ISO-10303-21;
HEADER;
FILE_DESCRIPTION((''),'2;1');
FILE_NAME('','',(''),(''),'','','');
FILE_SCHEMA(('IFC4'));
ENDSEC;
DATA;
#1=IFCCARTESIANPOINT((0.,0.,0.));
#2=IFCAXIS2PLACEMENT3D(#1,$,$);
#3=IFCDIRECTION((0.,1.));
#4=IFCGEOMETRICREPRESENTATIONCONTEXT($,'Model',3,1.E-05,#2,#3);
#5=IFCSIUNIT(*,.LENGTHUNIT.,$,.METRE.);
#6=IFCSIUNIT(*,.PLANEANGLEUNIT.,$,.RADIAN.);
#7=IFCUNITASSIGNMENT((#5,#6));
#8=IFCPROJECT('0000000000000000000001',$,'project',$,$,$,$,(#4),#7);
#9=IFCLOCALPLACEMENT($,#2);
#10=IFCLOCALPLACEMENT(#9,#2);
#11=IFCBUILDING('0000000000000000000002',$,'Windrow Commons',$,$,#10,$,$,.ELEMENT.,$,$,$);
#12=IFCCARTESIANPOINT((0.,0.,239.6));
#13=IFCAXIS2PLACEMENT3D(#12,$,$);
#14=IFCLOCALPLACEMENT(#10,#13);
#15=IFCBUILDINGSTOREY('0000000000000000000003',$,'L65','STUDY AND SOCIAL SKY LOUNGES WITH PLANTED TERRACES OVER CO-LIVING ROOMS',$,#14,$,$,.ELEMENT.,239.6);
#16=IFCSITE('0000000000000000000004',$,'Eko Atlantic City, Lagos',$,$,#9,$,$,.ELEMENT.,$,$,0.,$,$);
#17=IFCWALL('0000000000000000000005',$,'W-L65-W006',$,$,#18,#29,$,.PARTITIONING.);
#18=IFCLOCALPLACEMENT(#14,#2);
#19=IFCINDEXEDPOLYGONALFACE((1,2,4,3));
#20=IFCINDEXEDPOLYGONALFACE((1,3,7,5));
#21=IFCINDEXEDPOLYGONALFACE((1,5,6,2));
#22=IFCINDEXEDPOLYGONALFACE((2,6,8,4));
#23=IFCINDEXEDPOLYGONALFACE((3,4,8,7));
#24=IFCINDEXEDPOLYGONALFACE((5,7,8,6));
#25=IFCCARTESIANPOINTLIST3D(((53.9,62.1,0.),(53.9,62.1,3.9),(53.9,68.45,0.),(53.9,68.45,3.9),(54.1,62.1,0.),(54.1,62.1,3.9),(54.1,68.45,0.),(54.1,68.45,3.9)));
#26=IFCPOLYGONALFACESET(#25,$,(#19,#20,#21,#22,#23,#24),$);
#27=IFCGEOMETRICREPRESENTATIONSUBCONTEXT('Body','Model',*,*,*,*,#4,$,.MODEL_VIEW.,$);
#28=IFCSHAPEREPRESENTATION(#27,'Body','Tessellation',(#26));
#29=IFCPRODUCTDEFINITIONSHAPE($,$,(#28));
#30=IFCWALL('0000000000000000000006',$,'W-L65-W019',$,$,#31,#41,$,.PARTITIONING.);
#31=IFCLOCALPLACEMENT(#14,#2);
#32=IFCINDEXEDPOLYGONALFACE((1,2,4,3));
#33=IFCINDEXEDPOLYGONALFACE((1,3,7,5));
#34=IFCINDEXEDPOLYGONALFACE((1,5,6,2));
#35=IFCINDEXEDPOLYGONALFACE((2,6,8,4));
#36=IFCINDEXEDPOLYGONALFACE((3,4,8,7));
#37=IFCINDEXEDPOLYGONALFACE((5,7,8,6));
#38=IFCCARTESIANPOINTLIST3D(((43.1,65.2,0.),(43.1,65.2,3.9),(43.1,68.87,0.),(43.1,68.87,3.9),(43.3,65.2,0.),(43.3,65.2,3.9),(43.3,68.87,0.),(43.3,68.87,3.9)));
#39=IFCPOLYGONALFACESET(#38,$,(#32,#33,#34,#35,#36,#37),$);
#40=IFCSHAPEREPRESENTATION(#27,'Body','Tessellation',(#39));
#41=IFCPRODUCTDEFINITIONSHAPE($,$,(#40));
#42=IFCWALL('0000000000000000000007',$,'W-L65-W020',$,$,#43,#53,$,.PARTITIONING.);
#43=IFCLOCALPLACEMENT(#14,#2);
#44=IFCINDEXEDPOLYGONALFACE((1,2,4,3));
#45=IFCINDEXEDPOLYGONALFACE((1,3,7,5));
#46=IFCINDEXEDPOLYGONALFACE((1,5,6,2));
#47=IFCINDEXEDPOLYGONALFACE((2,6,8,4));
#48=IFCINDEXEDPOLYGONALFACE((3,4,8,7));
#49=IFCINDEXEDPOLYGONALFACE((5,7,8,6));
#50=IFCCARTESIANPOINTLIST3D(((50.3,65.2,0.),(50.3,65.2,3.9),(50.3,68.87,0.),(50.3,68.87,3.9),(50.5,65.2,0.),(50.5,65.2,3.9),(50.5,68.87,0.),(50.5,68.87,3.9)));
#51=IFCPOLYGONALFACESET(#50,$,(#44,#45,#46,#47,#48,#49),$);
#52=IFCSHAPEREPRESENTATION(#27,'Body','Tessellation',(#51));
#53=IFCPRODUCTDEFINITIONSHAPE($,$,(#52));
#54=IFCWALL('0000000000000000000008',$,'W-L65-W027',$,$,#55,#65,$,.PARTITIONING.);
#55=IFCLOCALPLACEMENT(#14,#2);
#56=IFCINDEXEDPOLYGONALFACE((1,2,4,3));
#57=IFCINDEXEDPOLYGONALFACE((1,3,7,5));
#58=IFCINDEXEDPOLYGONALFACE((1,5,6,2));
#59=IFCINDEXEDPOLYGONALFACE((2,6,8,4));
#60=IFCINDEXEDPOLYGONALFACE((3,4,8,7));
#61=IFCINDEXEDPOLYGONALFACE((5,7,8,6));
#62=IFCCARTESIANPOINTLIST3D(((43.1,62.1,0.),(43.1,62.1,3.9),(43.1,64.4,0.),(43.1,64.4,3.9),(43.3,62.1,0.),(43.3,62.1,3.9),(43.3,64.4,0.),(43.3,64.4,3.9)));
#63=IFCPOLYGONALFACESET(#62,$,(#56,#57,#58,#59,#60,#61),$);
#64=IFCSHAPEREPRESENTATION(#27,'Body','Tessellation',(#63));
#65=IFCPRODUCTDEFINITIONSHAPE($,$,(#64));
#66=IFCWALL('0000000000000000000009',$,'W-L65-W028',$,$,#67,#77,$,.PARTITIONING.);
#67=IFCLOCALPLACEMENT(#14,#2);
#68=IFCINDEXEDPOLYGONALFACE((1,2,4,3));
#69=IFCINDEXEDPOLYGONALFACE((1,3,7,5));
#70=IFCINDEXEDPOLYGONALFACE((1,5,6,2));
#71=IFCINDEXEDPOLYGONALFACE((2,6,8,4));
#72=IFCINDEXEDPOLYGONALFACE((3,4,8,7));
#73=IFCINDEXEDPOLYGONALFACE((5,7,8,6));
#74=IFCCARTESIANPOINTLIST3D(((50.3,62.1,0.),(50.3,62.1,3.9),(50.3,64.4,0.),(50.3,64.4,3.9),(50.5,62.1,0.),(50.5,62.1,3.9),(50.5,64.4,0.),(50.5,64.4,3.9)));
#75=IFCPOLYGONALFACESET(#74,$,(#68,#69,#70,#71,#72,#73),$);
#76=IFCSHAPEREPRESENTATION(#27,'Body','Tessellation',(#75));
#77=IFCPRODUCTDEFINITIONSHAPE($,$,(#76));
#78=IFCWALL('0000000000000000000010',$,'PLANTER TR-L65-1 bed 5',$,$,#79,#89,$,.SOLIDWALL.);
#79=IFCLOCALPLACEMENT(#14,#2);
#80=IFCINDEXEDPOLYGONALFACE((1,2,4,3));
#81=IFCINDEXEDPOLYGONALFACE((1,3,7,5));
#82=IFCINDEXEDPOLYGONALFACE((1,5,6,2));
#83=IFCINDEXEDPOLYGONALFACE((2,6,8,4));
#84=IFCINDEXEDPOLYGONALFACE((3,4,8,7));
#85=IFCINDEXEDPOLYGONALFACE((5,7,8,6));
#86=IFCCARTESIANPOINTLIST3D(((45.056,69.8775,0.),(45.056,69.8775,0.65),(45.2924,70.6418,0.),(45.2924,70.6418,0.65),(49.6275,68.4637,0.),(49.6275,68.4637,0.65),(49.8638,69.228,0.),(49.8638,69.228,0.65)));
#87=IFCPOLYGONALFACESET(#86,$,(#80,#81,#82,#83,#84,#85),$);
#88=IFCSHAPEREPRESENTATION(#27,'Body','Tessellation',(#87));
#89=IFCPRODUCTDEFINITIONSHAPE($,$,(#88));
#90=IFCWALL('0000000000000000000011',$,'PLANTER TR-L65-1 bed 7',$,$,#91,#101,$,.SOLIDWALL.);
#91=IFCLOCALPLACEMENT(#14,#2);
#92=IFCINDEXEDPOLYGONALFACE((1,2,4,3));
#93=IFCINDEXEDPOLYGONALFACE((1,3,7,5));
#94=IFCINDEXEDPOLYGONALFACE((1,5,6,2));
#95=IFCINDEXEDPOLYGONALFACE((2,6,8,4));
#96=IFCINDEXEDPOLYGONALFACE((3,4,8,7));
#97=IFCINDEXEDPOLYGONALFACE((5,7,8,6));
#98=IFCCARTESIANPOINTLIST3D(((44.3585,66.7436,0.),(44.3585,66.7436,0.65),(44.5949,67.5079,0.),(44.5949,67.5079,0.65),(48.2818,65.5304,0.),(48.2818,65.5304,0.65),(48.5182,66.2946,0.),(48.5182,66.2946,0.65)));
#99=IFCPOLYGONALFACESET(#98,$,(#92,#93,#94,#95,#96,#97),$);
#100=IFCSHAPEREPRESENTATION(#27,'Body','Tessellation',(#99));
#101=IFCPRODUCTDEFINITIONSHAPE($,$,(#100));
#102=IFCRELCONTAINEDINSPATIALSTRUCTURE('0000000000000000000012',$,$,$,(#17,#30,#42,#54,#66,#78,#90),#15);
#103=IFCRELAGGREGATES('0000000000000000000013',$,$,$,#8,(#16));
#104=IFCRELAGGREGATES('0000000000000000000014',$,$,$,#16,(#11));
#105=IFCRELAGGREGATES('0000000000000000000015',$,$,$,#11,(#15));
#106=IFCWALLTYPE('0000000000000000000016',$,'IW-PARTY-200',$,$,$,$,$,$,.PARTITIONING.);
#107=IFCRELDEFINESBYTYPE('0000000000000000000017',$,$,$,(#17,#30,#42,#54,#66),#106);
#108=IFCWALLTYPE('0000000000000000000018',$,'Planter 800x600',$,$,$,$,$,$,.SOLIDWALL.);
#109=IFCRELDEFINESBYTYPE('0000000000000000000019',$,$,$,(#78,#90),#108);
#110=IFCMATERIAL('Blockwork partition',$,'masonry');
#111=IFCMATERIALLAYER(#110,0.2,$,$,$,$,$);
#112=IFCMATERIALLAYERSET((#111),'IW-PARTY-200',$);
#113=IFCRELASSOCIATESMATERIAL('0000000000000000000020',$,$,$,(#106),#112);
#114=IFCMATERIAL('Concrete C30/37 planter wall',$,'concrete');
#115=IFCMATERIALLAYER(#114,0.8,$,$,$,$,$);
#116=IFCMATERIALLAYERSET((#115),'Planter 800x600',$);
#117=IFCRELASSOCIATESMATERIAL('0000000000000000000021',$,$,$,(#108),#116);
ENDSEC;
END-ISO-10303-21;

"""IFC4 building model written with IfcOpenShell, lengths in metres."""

from ifc_helpers import new_model, si_unit, direction, frame, frame_2d, origin, place, context, subcontext, project, spatial, rectangle, extrude, material, layer, layer_set, type_object, element, save


model = new_model("IFC4")

# Units and contexts
model_context = context("Model", 3, precision=1e-05, world=origin(), true_north=direction((0.0, 1.0)))
body_context = subcontext(model_context, "Body", "Model", "MODEL_VIEW")
ifc_project = project(units=[si_unit("LENGTHUNIT", "METRE"), si_unit("PLANEANGLEUNIT", "RADIAN")], contexts=[model_context])

# Site, building, storey
site_placement = place(None, origin())
site = spatial("IfcSite", under=ifc_project, at=site_placement, Name="Eko Atlantic City, Lagos", CompositionType="ELEMENT", RefElevation=0.0)
building_placement = place(site_placement, origin())
building = spatial("IfcBuilding", under=site, at=building_placement, Name="Windrow Commons", CompositionType="ELEMENT")
storey_placement = place(building_placement, frame((0.0, 0.0, 239.6)))
storey = spatial("IfcBuildingStorey", under=building, at=storey_placement, Name="L65", Description="STUDY AND SOCIAL SKY LOUNGES WITH PLANTED TERRACES OVER CO-LIVING ROOMS", CompositionType="ELEMENT", Elevation=239.6)

# Walls
ifc_material_1 = material(Name="Blockwork partition", Category="masonry")
ifc_layer_1 = layer(ifc_material_1, 0.2)
ifc_layer_set_1 = layer_set([ifc_layer_1], Name="IW-PARTY-200")
wall_type_1 = type_object("IfcWallType", Name="IW-PARTY-200", PredefinedType="PARTITIONING", material=ifc_layer_set_1)
wall_1_placement = place(storey_placement, frame((54.0, 62.1, 0.0), z_axis=(0.0, 0.0, 1.0), x_axis=(0.0, 1.0, 0.0)))
element("IfcWall", 1, at=wall_1_placement, inside=storey, type_object=wall_type_1, Name="W-L65-W006", PredefinedType="PARTITIONING", context=body_context, shape_type="SweptSolid", body=[
    extrude(rectangle(XDim=6.35, YDim=0.2, at=frame_2d((3.175, 0.0))), origin(), (0.0, 0.0, 1.0), 3.9),
])
for number, where, z_axis, x_axis, name in (
    (2, (43.2, 65.2, 0.0), (0.0, 0.0, 1.0), (0.0, 1.0, 0.0), "W-L65-W019"),
    (3, (50.4, 65.2, 0.0), (0.0, 0.0, 1.0), (0.0, 1.0, 0.0), "W-L65-W020"),
):
    element("IfcWall", number, at=place(storey_placement, frame(where, z_axis=z_axis, x_axis=x_axis)), inside=storey, type_object=wall_type_1, Name=name, PredefinedType="PARTITIONING", context=body_context, shape_type="SweptSolid", body=[
        extrude(rectangle(XDim=3.67, YDim=0.2, at=frame_2d((1.835, 0.0))), origin(), (0.0, 0.0, 1.0), 3.9),
    ])
for number, where, z_axis, x_axis, name in (
    (4, (43.2, 62.1, 0.0), (0.0, 0.0, 1.0), (0.0, 1.0, 0.0), "W-L65-W027"),
    (5, (50.4, 62.1, 0.0), (0.0, 0.0, 1.0), (0.0, 1.0, 0.0), "W-L65-W028"),
):
    element("IfcWall", number, at=place(storey_placement, frame(where, z_axis=z_axis, x_axis=x_axis)), inside=storey, type_object=wall_type_1, Name=name, PredefinedType="PARTITIONING", context=body_context, shape_type="SweptSolid", body=[
        extrude(rectangle(XDim=2.3, YDim=0.2, at=frame_2d((1.15, 0.0))), origin(), (0.0, 0.0, 1.0), 3.9),
    ])
ifc_material_2 = material(Name="Concrete C30/37 planter wall", Category="concrete")
ifc_layer_2 = layer(ifc_material_2, 0.8)
ifc_layer_set_2 = layer_set([ifc_layer_2], Name="Planter 800x600")
wall_type_2 = type_object("IfcWallType", Name="Planter 800x600", PredefinedType="SOLIDWALL", material=ifc_layer_set_2)
wall_2_placement = place(storey_placement, frame((49.7456, 68.8459, 0.0), z_axis=(0.0, 0.0, 1.0), x_axis=(-0.955356, 0.295457, 0.0)))
element("IfcWall", 6, at=wall_2_placement, inside=storey, type_object=wall_type_2, Name="PLANTER TR-L65-1 bed 5", PredefinedType="SOLIDWALL", context=body_context, shape_type="SweptSolid", body=[
    extrude(rectangle(XDim=4.7851, YDim=0.8, at=frame_2d((2.3925, 0.0))), origin(), (0.0, 0.0, 1.0), 0.65),
])
wall_3_placement = place(storey_placement, frame((48.4, 65.9125, 0.0), z_axis=(0.0, 0.0, 1.0), x_axis=(-0.955358, 0.295449, 0.0)))
element("IfcWall", 7, at=wall_3_placement, inside=storey, type_object=wall_type_2, Name="PLANTER TR-L65-1 bed 7", PredefinedType="SOLIDWALL", context=body_context, shape_type="SweptSolid", body=[
    extrude(rectangle(XDim=4.1066, YDim=0.8, at=frame_2d((2.0533, 0.0))), origin(), (0.0, 0.0, 1.0), 0.65),
])

save(model, "model.ifc")
